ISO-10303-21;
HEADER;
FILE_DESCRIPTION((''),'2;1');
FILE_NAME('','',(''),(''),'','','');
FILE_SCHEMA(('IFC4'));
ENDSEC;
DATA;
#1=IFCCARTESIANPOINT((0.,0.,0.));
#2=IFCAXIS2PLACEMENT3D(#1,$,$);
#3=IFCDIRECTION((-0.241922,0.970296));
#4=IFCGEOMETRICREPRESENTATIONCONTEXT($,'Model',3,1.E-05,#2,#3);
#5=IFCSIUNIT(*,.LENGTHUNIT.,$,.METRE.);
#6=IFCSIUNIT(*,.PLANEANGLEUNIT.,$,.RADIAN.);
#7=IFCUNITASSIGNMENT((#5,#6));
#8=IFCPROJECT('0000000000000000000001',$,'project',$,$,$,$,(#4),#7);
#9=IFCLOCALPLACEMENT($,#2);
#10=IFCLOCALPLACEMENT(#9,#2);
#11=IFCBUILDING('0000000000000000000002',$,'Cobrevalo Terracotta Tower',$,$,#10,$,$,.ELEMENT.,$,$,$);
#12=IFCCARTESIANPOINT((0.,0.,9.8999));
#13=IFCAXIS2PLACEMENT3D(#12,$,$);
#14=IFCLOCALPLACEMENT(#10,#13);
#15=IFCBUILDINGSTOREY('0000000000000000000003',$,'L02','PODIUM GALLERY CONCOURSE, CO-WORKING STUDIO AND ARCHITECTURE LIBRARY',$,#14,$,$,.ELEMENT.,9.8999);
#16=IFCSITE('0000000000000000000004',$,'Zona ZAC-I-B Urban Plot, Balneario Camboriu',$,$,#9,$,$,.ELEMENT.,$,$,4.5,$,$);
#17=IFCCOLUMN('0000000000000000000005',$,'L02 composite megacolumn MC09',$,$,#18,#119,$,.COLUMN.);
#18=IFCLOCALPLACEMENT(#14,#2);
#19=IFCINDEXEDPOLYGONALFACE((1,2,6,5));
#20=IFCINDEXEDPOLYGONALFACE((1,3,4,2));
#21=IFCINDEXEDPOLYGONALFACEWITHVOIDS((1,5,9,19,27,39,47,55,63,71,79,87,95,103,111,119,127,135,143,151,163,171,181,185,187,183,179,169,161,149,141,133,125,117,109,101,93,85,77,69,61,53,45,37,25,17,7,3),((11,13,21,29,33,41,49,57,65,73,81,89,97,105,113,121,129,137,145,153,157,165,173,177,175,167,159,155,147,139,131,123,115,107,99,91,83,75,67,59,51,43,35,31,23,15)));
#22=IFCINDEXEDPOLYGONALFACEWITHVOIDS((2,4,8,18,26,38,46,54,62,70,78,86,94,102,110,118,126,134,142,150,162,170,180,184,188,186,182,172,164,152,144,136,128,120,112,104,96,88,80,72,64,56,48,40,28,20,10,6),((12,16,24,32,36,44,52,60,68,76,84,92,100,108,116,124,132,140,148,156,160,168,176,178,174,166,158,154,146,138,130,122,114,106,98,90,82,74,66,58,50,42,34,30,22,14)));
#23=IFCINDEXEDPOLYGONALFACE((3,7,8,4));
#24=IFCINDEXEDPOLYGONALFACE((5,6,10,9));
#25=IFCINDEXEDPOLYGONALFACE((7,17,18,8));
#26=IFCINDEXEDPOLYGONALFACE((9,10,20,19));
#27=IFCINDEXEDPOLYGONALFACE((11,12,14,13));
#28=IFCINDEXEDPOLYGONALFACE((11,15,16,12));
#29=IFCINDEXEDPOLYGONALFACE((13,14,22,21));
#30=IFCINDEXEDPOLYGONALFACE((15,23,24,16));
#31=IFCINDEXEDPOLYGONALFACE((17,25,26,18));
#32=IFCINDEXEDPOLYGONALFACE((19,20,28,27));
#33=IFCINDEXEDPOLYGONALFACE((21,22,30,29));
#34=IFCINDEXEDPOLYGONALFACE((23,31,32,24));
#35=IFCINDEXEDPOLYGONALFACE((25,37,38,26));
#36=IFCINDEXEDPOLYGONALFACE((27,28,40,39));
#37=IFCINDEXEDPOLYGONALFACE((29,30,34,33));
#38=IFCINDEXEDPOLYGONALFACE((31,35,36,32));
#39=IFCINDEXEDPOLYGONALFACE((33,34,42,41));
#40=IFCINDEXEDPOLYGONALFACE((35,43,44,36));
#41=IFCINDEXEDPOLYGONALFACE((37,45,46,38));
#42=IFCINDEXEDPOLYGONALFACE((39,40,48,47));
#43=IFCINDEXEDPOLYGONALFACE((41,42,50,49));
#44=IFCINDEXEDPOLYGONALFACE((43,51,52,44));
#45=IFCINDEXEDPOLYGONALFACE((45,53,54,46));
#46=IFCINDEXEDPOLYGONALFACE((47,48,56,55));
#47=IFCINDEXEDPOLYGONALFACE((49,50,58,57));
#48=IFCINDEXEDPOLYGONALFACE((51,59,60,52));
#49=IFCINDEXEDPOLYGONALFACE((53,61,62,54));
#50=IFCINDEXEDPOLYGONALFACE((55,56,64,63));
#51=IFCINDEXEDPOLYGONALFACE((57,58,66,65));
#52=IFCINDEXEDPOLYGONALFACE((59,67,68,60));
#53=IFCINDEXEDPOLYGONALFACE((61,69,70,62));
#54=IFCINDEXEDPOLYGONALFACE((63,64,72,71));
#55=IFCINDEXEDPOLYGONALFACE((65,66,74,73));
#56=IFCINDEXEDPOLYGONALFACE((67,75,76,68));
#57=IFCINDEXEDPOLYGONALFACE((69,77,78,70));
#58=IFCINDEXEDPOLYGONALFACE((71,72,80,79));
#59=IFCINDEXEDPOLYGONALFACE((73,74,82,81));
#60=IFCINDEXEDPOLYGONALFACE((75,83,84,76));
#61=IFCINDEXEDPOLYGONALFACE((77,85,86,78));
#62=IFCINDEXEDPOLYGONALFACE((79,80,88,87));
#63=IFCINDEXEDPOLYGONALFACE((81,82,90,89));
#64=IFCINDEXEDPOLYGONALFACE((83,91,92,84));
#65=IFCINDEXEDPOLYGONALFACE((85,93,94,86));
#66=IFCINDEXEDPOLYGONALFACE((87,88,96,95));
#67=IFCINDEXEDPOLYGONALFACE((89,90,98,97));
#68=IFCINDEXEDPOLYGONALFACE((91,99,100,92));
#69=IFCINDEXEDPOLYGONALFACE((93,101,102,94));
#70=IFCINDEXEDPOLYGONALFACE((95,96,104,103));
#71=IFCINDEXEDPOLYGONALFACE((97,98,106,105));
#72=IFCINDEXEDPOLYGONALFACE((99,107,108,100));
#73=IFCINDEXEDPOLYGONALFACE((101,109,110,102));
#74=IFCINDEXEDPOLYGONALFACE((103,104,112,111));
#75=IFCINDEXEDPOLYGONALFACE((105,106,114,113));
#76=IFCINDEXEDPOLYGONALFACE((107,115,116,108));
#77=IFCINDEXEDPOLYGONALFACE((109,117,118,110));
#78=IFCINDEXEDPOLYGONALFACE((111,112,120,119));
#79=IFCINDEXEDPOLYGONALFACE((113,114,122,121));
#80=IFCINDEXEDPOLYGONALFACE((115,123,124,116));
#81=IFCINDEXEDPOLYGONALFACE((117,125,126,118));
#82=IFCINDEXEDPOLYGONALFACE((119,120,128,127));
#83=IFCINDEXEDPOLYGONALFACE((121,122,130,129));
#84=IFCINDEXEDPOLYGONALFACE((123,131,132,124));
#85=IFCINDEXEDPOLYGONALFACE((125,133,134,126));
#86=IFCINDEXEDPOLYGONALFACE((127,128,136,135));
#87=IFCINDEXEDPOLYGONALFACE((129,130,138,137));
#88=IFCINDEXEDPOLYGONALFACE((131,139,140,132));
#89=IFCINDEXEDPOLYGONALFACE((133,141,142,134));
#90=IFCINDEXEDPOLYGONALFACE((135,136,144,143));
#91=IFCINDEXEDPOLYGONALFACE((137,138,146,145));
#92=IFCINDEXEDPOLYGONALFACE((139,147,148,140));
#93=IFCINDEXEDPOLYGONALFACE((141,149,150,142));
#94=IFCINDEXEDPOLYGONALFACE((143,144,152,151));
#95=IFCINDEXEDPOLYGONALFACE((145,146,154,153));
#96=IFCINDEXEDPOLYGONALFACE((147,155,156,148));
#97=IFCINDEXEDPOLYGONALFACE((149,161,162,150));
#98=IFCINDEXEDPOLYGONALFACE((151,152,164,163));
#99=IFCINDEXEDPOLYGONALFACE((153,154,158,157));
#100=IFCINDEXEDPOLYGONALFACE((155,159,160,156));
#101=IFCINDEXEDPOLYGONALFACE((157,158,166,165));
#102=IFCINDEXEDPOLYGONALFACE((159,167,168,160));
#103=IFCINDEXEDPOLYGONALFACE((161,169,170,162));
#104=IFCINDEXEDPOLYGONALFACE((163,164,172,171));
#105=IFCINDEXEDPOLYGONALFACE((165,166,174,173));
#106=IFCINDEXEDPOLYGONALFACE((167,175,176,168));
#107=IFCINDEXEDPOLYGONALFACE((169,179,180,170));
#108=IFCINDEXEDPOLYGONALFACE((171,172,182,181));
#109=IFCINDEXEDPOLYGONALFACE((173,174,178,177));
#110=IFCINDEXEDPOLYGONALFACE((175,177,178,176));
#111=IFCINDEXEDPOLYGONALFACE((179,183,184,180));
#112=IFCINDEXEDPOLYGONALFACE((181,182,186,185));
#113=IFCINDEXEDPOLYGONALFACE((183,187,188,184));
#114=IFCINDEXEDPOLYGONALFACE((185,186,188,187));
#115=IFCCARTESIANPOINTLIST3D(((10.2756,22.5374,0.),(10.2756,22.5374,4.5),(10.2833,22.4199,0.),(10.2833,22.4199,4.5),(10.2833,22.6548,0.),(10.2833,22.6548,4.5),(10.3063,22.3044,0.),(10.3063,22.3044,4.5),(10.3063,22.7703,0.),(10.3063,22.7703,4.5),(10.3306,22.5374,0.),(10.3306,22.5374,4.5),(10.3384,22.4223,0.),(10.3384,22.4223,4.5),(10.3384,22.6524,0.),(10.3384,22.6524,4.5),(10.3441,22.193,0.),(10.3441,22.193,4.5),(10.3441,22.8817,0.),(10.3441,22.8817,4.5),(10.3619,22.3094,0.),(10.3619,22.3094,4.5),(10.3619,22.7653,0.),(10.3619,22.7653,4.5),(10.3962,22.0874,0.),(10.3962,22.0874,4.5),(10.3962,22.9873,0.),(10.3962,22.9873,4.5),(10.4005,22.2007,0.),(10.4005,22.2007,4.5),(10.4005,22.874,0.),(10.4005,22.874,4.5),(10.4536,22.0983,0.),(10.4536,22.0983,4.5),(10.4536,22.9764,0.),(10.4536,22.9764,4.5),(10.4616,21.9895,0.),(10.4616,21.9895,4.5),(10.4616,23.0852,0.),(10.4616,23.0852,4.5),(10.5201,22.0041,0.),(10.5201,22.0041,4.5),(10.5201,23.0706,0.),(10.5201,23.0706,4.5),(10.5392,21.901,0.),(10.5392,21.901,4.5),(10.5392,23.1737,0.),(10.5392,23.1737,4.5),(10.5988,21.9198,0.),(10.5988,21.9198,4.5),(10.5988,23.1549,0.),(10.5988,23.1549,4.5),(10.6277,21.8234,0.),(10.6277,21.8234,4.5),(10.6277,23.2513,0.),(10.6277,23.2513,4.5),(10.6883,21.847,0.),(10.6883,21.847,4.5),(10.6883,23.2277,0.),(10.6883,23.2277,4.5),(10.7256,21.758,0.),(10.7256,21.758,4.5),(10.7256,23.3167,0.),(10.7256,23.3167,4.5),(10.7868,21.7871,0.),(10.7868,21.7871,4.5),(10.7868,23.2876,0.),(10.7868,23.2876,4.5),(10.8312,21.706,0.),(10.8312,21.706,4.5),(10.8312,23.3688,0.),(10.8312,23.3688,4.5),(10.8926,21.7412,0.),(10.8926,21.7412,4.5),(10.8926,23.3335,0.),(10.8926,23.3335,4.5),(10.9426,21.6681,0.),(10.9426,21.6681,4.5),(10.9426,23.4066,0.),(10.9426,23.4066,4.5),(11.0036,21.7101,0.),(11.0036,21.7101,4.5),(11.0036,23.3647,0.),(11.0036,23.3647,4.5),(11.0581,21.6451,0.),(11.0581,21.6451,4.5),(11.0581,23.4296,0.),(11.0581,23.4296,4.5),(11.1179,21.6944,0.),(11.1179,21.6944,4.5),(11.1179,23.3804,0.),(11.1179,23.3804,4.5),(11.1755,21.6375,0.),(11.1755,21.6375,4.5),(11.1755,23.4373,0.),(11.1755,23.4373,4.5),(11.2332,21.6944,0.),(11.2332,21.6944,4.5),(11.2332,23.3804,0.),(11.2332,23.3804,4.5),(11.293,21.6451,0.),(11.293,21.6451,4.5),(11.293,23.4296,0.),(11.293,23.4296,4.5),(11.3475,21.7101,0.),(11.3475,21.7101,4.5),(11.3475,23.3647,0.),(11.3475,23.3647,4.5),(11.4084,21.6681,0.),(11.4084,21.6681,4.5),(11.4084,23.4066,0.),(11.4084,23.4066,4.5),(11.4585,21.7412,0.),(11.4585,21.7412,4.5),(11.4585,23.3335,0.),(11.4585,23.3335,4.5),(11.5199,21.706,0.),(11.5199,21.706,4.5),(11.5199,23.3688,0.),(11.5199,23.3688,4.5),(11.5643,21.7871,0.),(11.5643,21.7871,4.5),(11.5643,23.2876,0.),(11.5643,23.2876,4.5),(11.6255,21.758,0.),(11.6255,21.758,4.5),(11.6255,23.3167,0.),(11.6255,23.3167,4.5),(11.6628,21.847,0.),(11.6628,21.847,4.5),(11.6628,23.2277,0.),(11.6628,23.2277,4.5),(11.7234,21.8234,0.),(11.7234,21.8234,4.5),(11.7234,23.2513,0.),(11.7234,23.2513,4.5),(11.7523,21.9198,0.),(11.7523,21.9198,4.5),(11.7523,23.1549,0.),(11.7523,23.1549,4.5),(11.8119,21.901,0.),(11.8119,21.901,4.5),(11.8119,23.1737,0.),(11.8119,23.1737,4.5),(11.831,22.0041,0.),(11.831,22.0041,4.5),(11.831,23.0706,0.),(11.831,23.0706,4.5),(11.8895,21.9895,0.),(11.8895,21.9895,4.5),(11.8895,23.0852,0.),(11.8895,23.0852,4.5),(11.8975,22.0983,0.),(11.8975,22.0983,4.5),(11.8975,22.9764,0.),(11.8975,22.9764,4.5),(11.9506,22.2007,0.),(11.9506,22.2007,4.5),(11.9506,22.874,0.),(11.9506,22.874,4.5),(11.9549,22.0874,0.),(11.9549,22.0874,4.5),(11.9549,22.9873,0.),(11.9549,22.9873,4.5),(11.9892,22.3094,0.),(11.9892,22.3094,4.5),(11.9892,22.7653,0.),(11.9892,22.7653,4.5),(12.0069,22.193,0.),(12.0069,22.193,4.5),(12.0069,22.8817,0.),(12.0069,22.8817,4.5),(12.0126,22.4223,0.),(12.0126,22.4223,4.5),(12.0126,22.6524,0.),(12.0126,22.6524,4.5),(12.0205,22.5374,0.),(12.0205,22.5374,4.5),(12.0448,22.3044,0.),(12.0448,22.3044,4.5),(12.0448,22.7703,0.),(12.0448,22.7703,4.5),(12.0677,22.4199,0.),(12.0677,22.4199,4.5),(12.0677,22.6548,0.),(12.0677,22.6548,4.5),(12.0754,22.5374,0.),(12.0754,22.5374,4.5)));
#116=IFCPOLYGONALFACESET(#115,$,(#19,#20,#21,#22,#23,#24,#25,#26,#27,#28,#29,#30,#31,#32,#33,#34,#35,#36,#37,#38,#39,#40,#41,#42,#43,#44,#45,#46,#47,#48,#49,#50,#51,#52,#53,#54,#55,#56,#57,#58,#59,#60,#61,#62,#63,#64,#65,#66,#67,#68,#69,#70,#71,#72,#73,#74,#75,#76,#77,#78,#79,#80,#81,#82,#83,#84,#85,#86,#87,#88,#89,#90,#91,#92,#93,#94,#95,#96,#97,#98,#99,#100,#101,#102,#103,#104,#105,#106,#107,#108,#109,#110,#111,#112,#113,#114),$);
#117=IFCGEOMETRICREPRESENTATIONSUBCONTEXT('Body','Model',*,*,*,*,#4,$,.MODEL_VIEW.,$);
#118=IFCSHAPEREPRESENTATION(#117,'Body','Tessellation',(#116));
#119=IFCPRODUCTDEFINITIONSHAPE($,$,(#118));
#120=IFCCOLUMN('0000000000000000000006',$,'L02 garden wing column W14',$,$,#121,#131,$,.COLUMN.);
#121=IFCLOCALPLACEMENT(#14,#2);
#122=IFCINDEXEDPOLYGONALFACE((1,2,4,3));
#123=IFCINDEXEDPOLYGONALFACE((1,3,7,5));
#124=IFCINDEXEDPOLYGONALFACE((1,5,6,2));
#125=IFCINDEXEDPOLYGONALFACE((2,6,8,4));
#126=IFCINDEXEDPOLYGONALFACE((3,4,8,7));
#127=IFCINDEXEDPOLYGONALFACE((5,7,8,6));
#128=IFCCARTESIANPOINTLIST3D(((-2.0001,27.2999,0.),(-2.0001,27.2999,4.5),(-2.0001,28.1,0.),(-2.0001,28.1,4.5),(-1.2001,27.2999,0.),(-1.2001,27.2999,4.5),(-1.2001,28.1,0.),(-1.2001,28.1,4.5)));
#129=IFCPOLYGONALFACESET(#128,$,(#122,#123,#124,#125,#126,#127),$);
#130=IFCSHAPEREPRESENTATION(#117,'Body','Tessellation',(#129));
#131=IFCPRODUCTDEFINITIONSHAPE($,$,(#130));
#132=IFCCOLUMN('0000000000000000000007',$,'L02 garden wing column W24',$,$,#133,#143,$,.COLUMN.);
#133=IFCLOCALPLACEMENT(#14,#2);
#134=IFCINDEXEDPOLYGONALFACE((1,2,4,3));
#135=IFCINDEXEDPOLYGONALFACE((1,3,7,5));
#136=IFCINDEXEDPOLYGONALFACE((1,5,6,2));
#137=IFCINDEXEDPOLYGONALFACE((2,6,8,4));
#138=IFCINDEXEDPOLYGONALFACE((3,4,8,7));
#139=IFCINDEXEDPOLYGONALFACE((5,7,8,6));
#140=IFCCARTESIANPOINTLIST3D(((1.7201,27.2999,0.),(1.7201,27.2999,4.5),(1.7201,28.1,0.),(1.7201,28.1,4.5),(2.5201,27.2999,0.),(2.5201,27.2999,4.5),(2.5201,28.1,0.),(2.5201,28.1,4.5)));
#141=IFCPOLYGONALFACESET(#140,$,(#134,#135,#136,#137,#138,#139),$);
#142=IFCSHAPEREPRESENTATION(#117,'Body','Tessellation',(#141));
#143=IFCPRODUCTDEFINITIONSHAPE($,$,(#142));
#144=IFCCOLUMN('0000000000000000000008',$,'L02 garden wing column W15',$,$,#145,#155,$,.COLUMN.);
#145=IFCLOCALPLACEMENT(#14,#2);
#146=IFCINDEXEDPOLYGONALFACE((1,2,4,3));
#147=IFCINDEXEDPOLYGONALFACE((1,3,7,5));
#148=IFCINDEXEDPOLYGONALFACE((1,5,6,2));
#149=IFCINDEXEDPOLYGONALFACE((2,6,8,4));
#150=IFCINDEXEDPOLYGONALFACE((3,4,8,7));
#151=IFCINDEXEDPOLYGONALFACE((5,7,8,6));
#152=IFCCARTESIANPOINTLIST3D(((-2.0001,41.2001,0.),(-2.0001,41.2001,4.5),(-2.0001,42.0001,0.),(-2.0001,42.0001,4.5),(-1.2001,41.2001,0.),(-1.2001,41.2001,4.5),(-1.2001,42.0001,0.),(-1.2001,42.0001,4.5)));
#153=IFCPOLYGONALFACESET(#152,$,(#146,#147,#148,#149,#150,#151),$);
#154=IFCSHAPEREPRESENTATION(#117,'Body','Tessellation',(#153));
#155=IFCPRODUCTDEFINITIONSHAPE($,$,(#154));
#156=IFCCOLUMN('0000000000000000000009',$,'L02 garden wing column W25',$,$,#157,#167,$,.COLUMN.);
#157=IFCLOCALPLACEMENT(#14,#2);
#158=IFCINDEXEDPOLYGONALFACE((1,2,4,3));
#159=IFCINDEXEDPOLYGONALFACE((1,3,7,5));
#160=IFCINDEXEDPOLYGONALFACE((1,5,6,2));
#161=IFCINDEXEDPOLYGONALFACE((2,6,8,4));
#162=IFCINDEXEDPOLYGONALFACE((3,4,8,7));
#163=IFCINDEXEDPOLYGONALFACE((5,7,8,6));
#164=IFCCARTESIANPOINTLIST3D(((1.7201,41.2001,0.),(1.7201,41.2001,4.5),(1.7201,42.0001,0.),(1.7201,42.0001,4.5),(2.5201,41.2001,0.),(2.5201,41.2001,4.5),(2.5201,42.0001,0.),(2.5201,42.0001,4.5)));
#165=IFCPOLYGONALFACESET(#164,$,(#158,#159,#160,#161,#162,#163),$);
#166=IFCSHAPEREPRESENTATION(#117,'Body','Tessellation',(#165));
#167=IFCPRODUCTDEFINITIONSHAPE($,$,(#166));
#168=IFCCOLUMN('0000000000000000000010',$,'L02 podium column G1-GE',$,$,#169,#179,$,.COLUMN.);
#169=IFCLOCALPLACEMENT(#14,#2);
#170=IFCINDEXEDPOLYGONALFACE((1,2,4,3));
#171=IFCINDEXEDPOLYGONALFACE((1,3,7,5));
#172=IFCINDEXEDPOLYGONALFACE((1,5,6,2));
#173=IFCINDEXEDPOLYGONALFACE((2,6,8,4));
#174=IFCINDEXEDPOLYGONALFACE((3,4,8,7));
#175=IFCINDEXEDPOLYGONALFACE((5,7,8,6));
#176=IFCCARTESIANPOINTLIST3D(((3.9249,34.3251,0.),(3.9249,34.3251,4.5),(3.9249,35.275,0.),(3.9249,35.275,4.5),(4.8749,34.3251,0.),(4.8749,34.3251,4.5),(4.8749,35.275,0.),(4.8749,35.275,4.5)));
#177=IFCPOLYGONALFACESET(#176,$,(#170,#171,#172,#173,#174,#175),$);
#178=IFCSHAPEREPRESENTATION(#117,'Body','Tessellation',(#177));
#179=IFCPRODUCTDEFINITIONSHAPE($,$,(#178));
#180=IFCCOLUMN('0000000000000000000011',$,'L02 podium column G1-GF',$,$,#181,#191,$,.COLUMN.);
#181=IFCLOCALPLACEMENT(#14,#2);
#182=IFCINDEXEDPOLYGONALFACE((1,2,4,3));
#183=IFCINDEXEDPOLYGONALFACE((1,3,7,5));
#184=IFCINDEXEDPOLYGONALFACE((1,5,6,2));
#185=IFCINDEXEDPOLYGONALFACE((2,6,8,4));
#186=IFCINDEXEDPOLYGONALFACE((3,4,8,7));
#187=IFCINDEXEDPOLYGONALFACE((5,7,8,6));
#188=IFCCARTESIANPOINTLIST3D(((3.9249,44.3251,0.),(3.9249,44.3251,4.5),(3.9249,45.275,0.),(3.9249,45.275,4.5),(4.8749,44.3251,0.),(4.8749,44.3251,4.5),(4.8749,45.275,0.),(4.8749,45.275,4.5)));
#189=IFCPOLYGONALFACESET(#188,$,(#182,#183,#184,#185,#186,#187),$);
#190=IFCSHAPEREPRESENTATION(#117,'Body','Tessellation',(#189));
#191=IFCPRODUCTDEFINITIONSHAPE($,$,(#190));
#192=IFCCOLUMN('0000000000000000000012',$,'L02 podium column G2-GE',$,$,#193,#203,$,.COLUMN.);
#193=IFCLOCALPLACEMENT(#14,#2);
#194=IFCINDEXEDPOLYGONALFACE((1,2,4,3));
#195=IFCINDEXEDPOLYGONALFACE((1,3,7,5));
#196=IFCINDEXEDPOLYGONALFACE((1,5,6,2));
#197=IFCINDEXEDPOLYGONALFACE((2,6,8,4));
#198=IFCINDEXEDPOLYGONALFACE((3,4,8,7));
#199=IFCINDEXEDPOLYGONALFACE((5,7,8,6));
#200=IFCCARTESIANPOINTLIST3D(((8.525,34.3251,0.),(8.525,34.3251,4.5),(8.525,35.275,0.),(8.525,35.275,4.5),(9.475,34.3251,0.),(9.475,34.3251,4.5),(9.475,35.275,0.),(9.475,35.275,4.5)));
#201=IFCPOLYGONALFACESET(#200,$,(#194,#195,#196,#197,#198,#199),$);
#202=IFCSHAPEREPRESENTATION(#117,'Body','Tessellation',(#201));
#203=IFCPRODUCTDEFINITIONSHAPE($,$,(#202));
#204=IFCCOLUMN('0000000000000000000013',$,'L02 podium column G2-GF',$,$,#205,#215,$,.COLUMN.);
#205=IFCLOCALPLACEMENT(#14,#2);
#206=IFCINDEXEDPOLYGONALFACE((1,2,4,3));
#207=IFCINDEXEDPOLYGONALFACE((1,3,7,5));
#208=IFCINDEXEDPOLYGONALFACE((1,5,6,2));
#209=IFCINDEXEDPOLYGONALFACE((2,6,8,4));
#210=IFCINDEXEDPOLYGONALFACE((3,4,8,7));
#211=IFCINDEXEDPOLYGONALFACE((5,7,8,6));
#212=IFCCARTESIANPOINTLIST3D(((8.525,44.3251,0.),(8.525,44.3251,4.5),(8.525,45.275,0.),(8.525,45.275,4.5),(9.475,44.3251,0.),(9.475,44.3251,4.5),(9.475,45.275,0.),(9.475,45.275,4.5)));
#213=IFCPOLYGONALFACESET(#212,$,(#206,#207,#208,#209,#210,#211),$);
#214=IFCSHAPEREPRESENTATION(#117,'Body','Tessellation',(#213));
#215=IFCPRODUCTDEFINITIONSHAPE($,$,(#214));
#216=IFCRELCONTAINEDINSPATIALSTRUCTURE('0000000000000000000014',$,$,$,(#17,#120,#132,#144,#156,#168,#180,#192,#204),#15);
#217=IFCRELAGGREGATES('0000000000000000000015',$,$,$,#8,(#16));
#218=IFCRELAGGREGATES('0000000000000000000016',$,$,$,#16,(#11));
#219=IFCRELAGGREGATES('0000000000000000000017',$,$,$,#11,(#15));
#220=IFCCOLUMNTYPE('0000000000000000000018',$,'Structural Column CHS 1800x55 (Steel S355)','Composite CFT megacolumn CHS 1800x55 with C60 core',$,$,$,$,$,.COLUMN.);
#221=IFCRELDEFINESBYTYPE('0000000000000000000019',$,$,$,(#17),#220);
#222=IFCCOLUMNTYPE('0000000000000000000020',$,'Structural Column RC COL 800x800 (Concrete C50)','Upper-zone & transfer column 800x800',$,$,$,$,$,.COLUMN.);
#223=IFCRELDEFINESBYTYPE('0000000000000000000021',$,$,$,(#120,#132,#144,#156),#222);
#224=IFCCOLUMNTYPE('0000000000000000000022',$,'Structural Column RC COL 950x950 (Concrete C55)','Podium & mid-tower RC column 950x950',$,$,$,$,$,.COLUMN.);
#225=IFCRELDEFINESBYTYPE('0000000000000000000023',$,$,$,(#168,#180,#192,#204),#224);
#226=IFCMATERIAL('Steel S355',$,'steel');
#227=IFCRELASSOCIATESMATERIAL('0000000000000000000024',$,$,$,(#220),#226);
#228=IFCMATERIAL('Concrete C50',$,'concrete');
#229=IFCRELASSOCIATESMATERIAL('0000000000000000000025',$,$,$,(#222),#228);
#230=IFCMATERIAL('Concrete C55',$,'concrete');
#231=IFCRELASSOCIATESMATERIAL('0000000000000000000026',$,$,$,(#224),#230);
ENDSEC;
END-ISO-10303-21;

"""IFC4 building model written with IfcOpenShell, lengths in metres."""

from ifc_helpers import new_model, si_unit, direction, frame, origin, origin_2d, place, context, subcontext, project, spatial, rectangle, hollow_circle, extrude, material, material_profile, profile_set, type_object, element, save


model = new_model("IFC4")

# Units and contexts
model_context = context("Model", 3, precision=1e-05, world=origin(), true_north=direction((-0.241922, 0.970296)))
body_context = subcontext(model_context, "Body", "Model", "MODEL_VIEW")
ifc_project = project(units=[si_unit("LENGTHUNIT", "METRE"), si_unit("PLANEANGLEUNIT", "RADIAN")], contexts=[model_context])

# Site, building, storey
site_placement = place(None, origin())
site = spatial("IfcSite", under=ifc_project, at=site_placement, Name="Zona ZAC-I-B Urban Plot, Balneario Camboriu", CompositionType="ELEMENT", RefElevation=4.5)
building_placement = place(site_placement, origin())
building = spatial("IfcBuilding", under=site, at=building_placement, Name="Cobrevalo Terracotta Tower", CompositionType="ELEMENT")
storey_placement = place(building_placement, frame((0.0, 0.0, 9.8999)))
storey = spatial("IfcBuildingStorey", under=building, at=storey_placement, Name="L02", Description="PODIUM GALLERY CONCOURSE, CO-WORKING STUDIO AND ARCHITECTURE LIBRARY", CompositionType="ELEMENT", Elevation=9.8999)

# Columns
ifc_material_1 = material(Name="Steel S355", Category="steel")
ifc_material_profile_1 = material_profile(ifc_material_1, hollow_circle(Radius=0.8999, WallThickness=0.0549, at=origin_2d()), Name="CHS 1800x55")
ifc_profile_set_1 = profile_set([ifc_material_profile_1], Name="Steel S355")
column_type_1 = type_object("IfcColumnType", Name="Structural Column CHS 1800x55 (Steel S355)", Description="Composite CFT megacolumn CHS 1800x55 with C60 core", PredefinedType="COLUMN", material=ifc_profile_set_1)
for number, where, z_axis, x_axis, name in (
    (1, (11.1755, 22.5374, 0.0), (0.0, 0.0, 1.0), (1.0, 0.0, 0.0), "L02 composite megacolumn MC09"),
):
    element("IfcColumn", number, at=place(storey_placement, frame(where, z_axis=z_axis, x_axis=x_axis)), inside=storey, type_object=column_type_1, Name=name, PredefinedType="COLUMN", context=body_context, shape_type="SweptSolid", body=[
        extrude(hollow_circle(Radius=0.8999, WallThickness=0.0549, at=origin_2d()), origin(), (0.0, 0.0, 1.0), 4.5),
    ])
ifc_material_2 = material(Name="Concrete C50", Category="concrete")
ifc_material_profile_2 = material_profile(ifc_material_2, rectangle(XDim=0.8, YDim=0.8, at=origin_2d()), Name="RC COL 800x800")
ifc_profile_set_2 = profile_set([ifc_material_profile_2], Name="Concrete C50")
column_type_2 = type_object("IfcColumnType", Name="Structural Column RC COL 800x800 (Concrete C50)", Description="Upper-zone & transfer column 800x800", PredefinedType="COLUMN", material=ifc_profile_set_2)
for number, where, z_axis, x_axis, name in (
    (2, (-1.6001, 27.7, 0.0), (0.0, 0.0, 1.0), (1.0, 0.0, 0.0), "L02 garden wing column W14"),
    (3, (2.1201, 27.7, 0.0), (0.0, 0.0, 1.0), (1.0, 0.0, 0.0), "L02 garden wing column W24"),
    (4, (-1.6001, 41.6001, 0.0), (0.0, 0.0, 1.0), (1.0, 0.0, 0.0), "L02 garden wing column W15"),
    (5, (2.1201, 41.6001, 0.0), (0.0, 0.0, 1.0), (1.0, 0.0, 0.0), "L02 garden wing column W25"),
):
    element("IfcColumn", number, at=place(storey_placement, frame(where, z_axis=z_axis, x_axis=x_axis)), inside=storey, type_object=column_type_2, Name=name, PredefinedType="COLUMN", context=body_context, shape_type="SweptSolid", body=[
        extrude(rectangle(XDim=0.8, YDim=0.8, at=origin_2d()), origin(), (0.0, 0.0, 1.0), 4.5),
    ])
ifc_material_3 = material(Name="Concrete C55", Category="concrete")
ifc_material_profile_3 = material_profile(ifc_material_3, rectangle(XDim=0.95, YDim=0.95, at=origin_2d()), Name="RC COL 950x950")
ifc_profile_set_3 = profile_set([ifc_material_profile_3], Name="Concrete C55")
column_type_3 = type_object("IfcColumnType", Name="Structural Column RC COL 950x950 (Concrete C55)", Description="Podium & mid-tower RC column 950x950", PredefinedType="COLUMN", material=ifc_profile_set_3)
for number, where, z_axis, x_axis, name in (
    (6, (4.3999, 34.8, 0.0), (0.0, 0.0, 1.0), (1.0, 0.0, 0.0), "L02 podium column G1-GE"),
    (7, (4.3999, 44.8, 0.0), (0.0, 0.0, 1.0), (1.0, 0.0, 0.0), "L02 podium column G1-GF"),
    (8, (9.0, 34.8, 0.0), (0.0, 0.0, 1.0), (1.0, 0.0, 0.0), "L02 podium column G2-GE"),
    (9, (9.0, 44.8, 0.0), (0.0, 0.0, 1.0), (1.0, 0.0, 0.0), "L02 podium column G2-GF"),
):
    element("IfcColumn", number, at=place(storey_placement, frame(where, z_axis=z_axis, x_axis=x_axis)), inside=storey, type_object=column_type_3, Name=name, PredefinedType="COLUMN", context=body_context, shape_type="SweptSolid", body=[
        extrude(rectangle(XDim=0.95, YDim=0.95, at=origin_2d()), origin(), (0.0, 0.0, 1.0), 4.5),
    ])

save(model, "model.ifc")
